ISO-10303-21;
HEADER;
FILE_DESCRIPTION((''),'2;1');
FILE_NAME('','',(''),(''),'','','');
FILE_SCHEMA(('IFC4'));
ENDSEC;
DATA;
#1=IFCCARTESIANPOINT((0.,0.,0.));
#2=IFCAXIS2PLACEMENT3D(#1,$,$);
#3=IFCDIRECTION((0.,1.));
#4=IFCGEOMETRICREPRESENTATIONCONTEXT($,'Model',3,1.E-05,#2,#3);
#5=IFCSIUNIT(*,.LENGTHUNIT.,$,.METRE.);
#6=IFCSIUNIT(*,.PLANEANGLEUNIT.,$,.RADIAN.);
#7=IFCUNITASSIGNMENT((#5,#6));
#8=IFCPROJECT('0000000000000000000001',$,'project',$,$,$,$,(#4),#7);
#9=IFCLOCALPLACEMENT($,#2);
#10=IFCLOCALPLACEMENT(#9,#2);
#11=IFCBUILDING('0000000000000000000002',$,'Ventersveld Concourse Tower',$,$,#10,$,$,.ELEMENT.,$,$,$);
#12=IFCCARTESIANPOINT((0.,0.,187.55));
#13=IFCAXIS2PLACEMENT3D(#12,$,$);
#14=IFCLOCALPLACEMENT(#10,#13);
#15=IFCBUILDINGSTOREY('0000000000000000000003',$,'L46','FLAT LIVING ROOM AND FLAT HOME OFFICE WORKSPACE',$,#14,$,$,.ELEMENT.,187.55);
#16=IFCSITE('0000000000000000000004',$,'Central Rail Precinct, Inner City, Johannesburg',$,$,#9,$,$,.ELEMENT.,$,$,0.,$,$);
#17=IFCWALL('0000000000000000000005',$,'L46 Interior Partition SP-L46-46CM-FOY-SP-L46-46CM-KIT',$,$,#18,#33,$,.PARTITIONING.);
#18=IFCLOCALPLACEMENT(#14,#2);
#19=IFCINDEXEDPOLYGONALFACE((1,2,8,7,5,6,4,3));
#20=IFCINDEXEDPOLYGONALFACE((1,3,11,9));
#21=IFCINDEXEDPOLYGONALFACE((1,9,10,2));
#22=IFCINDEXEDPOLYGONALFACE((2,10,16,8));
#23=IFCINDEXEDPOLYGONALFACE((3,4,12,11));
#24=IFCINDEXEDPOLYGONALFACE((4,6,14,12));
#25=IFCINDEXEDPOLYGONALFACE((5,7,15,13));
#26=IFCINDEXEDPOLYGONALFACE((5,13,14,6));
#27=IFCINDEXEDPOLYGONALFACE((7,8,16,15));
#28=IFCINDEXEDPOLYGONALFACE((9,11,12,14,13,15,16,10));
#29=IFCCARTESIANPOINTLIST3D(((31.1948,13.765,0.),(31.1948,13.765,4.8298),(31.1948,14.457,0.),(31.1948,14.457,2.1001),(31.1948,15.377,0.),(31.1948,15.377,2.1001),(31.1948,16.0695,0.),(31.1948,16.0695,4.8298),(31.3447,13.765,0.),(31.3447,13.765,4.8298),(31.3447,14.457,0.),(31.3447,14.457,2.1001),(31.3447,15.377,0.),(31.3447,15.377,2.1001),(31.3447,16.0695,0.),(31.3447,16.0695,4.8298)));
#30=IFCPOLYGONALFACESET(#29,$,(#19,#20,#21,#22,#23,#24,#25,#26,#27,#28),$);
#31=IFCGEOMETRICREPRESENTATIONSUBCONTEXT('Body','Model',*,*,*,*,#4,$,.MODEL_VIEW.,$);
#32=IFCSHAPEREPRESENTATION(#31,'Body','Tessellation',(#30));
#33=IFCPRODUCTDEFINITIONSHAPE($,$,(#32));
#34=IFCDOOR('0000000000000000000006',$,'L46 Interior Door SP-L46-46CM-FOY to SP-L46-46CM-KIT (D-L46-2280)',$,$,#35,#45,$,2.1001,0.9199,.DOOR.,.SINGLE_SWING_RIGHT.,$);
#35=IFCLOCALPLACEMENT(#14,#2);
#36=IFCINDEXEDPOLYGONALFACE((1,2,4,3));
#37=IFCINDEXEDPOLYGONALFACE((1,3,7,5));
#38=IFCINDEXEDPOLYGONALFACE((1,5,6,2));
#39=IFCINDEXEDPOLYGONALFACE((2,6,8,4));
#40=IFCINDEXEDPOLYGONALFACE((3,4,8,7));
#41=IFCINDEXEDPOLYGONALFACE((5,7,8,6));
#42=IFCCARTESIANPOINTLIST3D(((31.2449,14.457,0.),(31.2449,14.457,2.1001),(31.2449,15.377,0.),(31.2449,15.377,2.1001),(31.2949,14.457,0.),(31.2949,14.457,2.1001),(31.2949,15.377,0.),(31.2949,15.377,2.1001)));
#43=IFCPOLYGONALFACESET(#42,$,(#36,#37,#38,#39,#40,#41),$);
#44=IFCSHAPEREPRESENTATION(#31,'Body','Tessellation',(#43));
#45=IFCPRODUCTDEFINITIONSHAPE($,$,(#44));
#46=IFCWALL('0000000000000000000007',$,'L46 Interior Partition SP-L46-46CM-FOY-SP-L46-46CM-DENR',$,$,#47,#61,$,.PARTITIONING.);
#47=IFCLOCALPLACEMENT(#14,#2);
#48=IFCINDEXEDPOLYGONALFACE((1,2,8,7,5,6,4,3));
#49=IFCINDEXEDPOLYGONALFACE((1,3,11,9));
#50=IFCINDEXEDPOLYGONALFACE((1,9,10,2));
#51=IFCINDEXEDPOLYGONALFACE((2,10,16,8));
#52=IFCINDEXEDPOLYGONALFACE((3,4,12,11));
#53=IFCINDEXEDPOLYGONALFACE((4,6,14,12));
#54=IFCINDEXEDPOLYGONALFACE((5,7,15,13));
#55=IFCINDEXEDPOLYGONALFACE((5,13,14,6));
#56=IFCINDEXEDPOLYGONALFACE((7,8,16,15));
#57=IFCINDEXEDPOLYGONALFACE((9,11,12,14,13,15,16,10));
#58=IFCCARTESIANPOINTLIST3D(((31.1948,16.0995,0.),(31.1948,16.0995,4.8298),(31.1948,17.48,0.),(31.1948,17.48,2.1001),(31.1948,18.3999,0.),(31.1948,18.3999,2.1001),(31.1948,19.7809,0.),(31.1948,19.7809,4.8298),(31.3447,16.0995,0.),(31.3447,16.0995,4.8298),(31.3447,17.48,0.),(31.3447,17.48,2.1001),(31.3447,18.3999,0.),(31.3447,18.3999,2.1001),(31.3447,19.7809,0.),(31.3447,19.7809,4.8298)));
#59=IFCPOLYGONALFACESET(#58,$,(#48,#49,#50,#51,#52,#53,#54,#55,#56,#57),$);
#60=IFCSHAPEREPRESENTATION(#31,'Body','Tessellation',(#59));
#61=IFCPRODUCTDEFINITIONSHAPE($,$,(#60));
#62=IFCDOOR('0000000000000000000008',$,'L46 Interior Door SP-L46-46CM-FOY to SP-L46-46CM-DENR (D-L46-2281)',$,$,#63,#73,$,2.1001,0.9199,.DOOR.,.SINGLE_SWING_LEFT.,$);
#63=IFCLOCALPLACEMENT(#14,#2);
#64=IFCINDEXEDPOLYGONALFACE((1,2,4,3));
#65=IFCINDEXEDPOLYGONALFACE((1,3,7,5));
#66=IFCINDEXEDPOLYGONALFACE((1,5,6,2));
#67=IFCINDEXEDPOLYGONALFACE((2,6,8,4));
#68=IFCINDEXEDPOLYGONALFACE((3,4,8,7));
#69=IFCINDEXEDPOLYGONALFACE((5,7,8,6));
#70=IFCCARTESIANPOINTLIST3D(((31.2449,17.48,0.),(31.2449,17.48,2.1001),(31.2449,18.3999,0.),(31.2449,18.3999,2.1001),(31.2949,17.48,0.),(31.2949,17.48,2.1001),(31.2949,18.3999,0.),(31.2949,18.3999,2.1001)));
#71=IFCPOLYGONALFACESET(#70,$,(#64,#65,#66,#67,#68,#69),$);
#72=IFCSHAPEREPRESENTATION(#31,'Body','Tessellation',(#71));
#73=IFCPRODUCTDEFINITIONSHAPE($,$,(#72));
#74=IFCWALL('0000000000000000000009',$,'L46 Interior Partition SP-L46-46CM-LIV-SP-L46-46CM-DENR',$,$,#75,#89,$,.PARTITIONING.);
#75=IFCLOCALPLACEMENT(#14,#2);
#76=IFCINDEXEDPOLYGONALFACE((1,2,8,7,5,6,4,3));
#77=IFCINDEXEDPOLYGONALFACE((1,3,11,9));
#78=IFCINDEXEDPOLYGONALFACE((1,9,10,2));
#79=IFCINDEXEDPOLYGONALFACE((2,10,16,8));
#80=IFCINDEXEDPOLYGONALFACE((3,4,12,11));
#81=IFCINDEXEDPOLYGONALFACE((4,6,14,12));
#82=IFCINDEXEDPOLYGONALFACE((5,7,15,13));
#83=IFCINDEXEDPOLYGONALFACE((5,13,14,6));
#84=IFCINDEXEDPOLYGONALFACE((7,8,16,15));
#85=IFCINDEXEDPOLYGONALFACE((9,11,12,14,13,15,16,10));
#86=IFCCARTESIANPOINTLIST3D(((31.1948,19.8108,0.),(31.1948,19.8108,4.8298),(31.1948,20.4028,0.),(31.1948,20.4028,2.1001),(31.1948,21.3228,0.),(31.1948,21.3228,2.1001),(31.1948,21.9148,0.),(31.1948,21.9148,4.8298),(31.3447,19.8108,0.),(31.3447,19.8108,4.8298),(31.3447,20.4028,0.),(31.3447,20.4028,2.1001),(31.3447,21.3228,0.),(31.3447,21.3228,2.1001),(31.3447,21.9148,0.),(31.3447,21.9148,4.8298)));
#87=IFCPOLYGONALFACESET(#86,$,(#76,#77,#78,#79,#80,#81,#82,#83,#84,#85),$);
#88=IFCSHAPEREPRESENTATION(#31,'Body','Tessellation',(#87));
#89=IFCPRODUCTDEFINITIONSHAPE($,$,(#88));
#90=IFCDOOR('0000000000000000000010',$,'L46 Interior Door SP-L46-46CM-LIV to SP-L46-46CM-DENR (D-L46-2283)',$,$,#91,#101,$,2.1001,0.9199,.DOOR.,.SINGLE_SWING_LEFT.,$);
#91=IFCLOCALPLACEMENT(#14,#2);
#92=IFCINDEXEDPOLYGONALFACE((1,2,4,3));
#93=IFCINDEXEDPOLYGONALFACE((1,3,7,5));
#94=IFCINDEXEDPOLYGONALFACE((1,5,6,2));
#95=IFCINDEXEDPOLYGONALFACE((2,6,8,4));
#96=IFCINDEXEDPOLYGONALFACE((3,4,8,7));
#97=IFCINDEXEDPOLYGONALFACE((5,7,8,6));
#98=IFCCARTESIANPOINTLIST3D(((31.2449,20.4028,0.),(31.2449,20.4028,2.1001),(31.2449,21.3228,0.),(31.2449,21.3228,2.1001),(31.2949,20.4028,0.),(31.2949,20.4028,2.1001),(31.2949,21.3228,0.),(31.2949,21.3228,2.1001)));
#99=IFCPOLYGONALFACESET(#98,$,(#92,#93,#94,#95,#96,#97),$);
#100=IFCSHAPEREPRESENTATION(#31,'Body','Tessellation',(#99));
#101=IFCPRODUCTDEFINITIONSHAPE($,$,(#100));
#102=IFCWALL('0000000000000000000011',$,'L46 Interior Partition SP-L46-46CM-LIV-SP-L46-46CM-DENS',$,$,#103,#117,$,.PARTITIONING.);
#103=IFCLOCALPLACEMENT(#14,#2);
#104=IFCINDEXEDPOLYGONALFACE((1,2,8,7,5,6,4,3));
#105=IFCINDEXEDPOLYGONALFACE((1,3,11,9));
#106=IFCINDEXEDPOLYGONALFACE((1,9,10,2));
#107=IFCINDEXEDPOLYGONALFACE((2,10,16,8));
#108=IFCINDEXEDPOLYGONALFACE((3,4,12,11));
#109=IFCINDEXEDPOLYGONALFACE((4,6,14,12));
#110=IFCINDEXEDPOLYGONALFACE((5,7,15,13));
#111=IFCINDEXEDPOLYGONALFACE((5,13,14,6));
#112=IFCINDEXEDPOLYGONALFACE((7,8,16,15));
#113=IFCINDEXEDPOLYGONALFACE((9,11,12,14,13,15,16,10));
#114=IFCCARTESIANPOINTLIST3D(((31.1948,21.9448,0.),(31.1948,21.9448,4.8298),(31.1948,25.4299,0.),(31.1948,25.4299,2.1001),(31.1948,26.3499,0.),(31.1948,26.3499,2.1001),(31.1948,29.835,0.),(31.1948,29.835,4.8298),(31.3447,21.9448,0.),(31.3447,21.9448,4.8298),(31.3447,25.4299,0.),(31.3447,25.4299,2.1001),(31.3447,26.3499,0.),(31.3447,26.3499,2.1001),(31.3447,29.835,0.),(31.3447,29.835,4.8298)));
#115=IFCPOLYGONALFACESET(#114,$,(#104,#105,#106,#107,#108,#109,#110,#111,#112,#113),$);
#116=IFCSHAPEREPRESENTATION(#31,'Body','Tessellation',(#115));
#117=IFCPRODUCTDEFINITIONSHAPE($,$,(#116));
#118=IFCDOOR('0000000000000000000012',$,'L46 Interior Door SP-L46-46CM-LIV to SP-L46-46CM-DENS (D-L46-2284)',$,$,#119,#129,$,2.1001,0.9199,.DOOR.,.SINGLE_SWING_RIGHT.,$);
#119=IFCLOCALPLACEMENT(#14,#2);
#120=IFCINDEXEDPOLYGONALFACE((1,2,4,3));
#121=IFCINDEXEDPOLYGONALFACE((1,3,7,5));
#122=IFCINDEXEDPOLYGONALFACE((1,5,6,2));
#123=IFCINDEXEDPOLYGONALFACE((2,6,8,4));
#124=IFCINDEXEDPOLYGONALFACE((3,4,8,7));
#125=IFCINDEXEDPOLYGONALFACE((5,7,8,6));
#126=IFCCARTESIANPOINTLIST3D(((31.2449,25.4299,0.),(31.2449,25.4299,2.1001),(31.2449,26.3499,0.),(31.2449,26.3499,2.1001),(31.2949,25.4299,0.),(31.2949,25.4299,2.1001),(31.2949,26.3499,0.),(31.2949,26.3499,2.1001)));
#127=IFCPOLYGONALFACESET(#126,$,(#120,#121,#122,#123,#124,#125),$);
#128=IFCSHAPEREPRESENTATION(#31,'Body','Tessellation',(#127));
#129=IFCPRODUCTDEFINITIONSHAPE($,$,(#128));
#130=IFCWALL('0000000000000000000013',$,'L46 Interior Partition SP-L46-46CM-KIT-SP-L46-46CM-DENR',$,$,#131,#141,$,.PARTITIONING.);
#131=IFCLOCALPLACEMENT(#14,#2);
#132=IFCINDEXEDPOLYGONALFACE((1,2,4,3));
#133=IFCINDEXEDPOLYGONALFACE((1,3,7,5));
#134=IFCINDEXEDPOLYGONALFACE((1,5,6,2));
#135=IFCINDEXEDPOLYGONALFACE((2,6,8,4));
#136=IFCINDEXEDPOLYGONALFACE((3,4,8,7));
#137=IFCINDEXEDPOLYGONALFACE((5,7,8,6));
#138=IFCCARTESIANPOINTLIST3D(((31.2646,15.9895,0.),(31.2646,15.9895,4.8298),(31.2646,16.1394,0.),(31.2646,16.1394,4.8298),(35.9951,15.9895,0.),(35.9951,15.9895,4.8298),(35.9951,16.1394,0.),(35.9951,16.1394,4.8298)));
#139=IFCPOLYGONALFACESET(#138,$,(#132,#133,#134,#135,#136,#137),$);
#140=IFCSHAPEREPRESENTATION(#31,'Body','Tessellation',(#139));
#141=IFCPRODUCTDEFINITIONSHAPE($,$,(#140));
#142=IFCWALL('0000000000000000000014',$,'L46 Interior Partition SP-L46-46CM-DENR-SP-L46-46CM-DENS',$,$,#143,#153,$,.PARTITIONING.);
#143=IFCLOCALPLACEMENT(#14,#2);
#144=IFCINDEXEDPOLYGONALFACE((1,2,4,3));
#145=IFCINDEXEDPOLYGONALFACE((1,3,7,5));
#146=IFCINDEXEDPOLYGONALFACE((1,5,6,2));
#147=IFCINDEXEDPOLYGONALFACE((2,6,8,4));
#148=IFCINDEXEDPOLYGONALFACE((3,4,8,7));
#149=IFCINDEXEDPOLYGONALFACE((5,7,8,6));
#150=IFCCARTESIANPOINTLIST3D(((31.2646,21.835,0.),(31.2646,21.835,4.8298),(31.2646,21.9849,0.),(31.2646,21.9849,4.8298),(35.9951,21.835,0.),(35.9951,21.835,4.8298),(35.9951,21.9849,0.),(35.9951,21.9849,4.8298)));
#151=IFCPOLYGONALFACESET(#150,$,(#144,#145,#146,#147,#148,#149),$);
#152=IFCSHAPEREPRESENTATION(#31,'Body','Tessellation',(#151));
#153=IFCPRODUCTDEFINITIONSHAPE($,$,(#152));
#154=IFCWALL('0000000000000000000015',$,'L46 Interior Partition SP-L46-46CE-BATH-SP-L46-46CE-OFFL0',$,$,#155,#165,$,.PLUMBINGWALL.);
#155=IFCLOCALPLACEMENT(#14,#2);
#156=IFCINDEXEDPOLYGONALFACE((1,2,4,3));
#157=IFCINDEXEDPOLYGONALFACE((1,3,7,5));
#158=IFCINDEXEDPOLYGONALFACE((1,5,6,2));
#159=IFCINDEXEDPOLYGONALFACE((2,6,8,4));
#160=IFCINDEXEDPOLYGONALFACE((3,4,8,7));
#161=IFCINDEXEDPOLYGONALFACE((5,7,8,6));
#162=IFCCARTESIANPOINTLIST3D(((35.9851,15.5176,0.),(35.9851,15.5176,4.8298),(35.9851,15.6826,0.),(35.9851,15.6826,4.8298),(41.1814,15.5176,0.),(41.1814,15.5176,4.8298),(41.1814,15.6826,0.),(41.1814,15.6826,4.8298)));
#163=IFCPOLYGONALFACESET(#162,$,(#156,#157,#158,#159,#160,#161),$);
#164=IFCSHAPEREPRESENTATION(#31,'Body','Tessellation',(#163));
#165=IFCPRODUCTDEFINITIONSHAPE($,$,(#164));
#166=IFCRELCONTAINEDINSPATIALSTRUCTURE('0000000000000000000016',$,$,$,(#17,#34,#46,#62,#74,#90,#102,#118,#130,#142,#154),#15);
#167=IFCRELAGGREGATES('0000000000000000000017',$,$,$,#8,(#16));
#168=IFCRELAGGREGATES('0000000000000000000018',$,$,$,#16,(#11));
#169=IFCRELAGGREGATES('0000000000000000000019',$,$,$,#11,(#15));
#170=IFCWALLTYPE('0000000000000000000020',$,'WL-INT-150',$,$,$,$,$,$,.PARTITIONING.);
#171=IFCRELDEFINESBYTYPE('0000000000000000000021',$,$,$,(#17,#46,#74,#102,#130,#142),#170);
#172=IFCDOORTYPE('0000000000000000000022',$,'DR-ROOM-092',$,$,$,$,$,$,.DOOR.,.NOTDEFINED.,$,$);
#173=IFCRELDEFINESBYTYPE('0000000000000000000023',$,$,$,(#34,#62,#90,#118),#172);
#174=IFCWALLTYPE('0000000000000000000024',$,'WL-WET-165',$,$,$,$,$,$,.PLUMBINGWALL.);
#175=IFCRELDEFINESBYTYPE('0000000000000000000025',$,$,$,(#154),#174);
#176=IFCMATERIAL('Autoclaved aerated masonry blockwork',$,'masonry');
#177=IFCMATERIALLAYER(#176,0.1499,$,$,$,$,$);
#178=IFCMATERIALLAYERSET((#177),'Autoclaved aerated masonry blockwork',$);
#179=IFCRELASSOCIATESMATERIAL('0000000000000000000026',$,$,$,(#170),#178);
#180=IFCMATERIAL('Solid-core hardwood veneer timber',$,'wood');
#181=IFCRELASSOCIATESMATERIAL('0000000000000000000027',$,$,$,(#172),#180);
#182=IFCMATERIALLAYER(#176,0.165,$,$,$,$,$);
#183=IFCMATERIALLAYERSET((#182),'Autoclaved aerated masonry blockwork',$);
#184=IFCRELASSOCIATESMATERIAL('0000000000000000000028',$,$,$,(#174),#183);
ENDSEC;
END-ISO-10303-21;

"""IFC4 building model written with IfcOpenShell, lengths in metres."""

from ifc_helpers import new_model, si_unit, direction, frame, frame_2d, origin, place, context, subcontext, project, spatial, rectangle, extrude, material, layer, layer_set, type_object, element, fill, save


model = new_model("IFC4")

# Units and contexts
model_context = context("Model", 3, precision=1e-05, world=origin(), true_north=direction((0.0, 1.0)))
body_context = subcontext(model_context, "Body", "Model", "MODEL_VIEW")
ifc_project = project(units=[si_unit("LENGTHUNIT", "METRE"), si_unit("PLANEANGLEUNIT", "RADIAN")], contexts=[model_context])

# Site, building, storey
site_placement = place(None, origin())
site = spatial("IfcSite", under=ifc_project, at=site_placement, Name="Central Rail Precinct, Inner City, Johannesburg", CompositionType="ELEMENT", RefElevation=0.0)
building_placement = place(site_placement, origin())
building = spatial("IfcBuilding", under=site, at=building_placement, Name="Ventersveld Concourse Tower", CompositionType="ELEMENT")
storey_placement = place(building_placement, frame((0.0, 0.0, 187.55)))
storey = spatial("IfcBuildingStorey", under=building, at=storey_placement, Name="L46", Description="FLAT LIVING ROOM AND FLAT HOME OFFICE WORKSPACE", CompositionType="ELEMENT", Elevation=187.55)

# Walls, openings, doors
ifc_material_1 = material(Name="Autoclaved aerated masonry blockwork", Category="masonry")
ifc_layer_1 = layer(ifc_material_1, 0.1499)
ifc_layer_set_1 = layer_set([ifc_layer_1], Name="Autoclaved aerated masonry blockwork")
wall_type_1 = type_object("IfcWallType", Name="WL-INT-150", PredefinedType="PARTITIONING", material=ifc_layer_set_1)
wall_1_placement = place(storey_placement, frame((31.2698, 13.7649, 0.0), z_axis=(0.0, 0.0, 1.0), x_axis=(0.0, 1.0, 0.0)))
wall_1 = element("IfcWall", 1, at=wall_1_placement, inside=storey, type_object=wall_type_1, Name="L46 Interior Partition SP-L46-46CM-FOY-SP-L46-46CM-KIT", PredefinedType="PARTITIONING", context=body_context, shape_type="SweptSolid", body=[
    extrude(rectangle(XDim=2.3044, YDim=0.1499, at=frame_2d((1.1523, 0.0))), origin(), (0.0, 0.0, 1.0), 4.8298),
])
opening_1_placement = place(wall_1_placement, frame((0.6921, 0.0, 0.0)))
opening_1 = element("IfcOpeningElement", 2, at=opening_1_placement, cuts=wall_1, PredefinedType="OPENING", context=body_context, shape_type="SweptSolid", body=[
    extrude(rectangle(XDim=0.9199, YDim=2.1001, at=frame_2d((0.46, 1.05))), frame((0.0, 0.085, 0.0), z_axis=(0.0, -1.0, 0.0), x_axis=(1.0, 0.0, 0.0)), (0.0, 0.0, 1.0), 0.1699),
])
ifc_material_2 = material(Name="Solid-core hardwood veneer timber", Category="wood")
door_type = type_object("IfcDoorType", Name="DR-ROOM-092", OperationType="NOTDEFINED", PredefinedType="DOOR", material=ifc_material_2)
door_1_placement = place(opening_1_placement, origin())
door_1 = element("IfcDoor", 3, at=door_1_placement, inside=storey, type_object=door_type, Name="L46 Interior Door SP-L46-46CM-FOY to SP-L46-46CM-KIT (D-L46-2280)", OperationType="SINGLE_SWING_RIGHT", OverallHeight=2.1001, OverallWidth=0.9199, PredefinedType="DOOR", context=body_context, shape_type="SweptSolid", body=[
    extrude(rectangle(XDim=0.9199, YDim=2.1001, at=frame_2d((0.46, 1.05))), frame((0.0, 0.0249, 0.0), z_axis=(0.0, -1.0, 0.0), x_axis=(1.0, 0.0, 0.0)), (0.0, 0.0, 1.0), 0.05),
])
fill(opening_1, door_1)
wall_2_placement = place(storey_placement, frame((31.2698, 16.0994, 0.0), z_axis=(0.0, 0.0, 1.0), x_axis=(0.0, 1.0, 0.0)))
wall_2 = element("IfcWall", 4, at=wall_2_placement, inside=storey, type_object=wall_type_1, Name="L46 Interior Partition SP-L46-46CM-FOY-SP-L46-46CM-DENR", PredefinedType="PARTITIONING", context=body_context, shape_type="SweptSolid", body=[
    extrude(rectangle(XDim=3.6814, YDim=0.1499, at=frame_2d((1.8408, 0.0))), origin(), (0.0, 0.0, 1.0), 4.8298),
])
opening_2_placement = place(wall_2_placement, frame((1.3806, 0.0, 0.0)))
opening_2 = element("IfcOpeningElement", 5, at=opening_2_placement, cuts=wall_2, PredefinedType="OPENING", context=body_context, shape_type="SweptSolid", body=[
    extrude(rectangle(XDim=0.9199, YDim=2.1001, at=frame_2d((0.46, 1.05))), frame((0.0, 0.085, 0.0), z_axis=(0.0, -1.0, 0.0), x_axis=(1.0, 0.0, 0.0)), (0.0, 0.0, 1.0), 0.1699),
])
door_2_placement = place(opening_2_placement, origin())
door_2 = element("IfcDoor", 6, at=door_2_placement, inside=storey, type_object=door_type, Name="L46 Interior Door SP-L46-46CM-FOY to SP-L46-46CM-DENR (D-L46-2281)", OperationType="SINGLE_SWING_LEFT", OverallHeight=2.1001, OverallWidth=0.9199, PredefinedType="DOOR", context=body_context, shape_type="SweptSolid", body=[
    extrude(rectangle(XDim=0.9199, YDim=2.1001, at=frame_2d((0.46, 1.05))), frame((0.0, 0.0249, 0.0), z_axis=(0.0, -1.0, 0.0), x_axis=(1.0, 0.0, 0.0)), (0.0, 0.0, 1.0), 0.05),
])
fill(opening_2, door_2)
wall_3_placement = place(storey_placement, frame((31.2698, 19.8108, 0.0), z_axis=(0.0, 0.0, 1.0), x_axis=(0.0, 1.0, 0.0)))
wall_3 = element("IfcWall", 7, at=wall_3_placement, inside=storey, type_object=wall_type_1, Name="L46 Interior Partition SP-L46-46CM-LIV-SP-L46-46CM-DENR", PredefinedType="PARTITIONING", context=body_context, shape_type="SweptSolid", body=[
    extrude(rectangle(XDim=2.104, YDim=0.1499, at=frame_2d((1.052, 0.0))), origin(), (0.0, 0.0, 1.0), 4.8298),
])
opening_3_placement = place(wall_3_placement, frame((0.592, 0.0, 0.0)))
opening_3 = element("IfcOpeningElement", 8, at=opening_3_placement, cuts=wall_3, PredefinedType="OPENING", context=body_context, shape_type="SweptSolid", body=[
    extrude(rectangle(XDim=0.9199, YDim=2.1001, at=frame_2d((0.46, 1.05))), frame((0.0, 0.085, 0.0), z_axis=(0.0, -1.0, 0.0), x_axis=(1.0, 0.0, 0.0)), (0.0, 0.0, 1.0), 0.1699),
])
door_3_placement = place(opening_3_placement, origin())
door_3 = element("IfcDoor", 9, at=door_3_placement, inside=storey, type_object=door_type, Name="L46 Interior Door SP-L46-46CM-LIV to SP-L46-46CM-DENR (D-L46-2283)", OperationType="SINGLE_SWING_LEFT", OverallHeight=2.1001, OverallWidth=0.9199, PredefinedType="DOOR", context=body_context, shape_type="SweptSolid", body=[
    extrude(rectangle(XDim=0.9199, YDim=2.1001, at=frame_2d((0.46, 1.05))), frame((0.0, 0.0249, 0.0), z_axis=(0.0, -1.0, 0.0), x_axis=(1.0, 0.0, 0.0)), (0.0, 0.0, 1.0), 0.05),
])
fill(opening_3, door_3)
wall_4_placement = place(storey_placement, frame((31.2698, 21.9448, 0.0), z_axis=(0.0, 0.0, 1.0), x_axis=(0.0, 1.0, 0.0)))
wall_4 = element("IfcWall", 10, at=wall_4_placement, inside=storey, type_object=wall_type_1, Name="L46 Interior Partition SP-L46-46CM-LIV-SP-L46-46CM-DENS", PredefinedType="PARTITIONING", context=body_context, shape_type="SweptSolid", body=[
    extrude(rectangle(XDim=7.8901, YDim=0.1499, at=frame_2d((3.9451, 0.0))), origin(), (0.0, 0.0, 1.0), 4.8298),
])
opening_4_placement = place(wall_4_placement, frame((3.4851, 0.0, 0.0)))
opening_4 = element("IfcOpeningElement", 11, at=opening_4_placement, cuts=wall_4, PredefinedType="OPENING", context=body_context, shape_type="SweptSolid", body=[
    extrude(rectangle(XDim=0.9199, YDim=2.1001, at=frame_2d((0.46, 1.05))), frame((0.0, 0.085, 0.0), z_axis=(0.0, -1.0, 0.0), x_axis=(1.0, 0.0, 0.0)), (0.0, 0.0, 1.0), 0.1699),
])
door_4_placement = place(opening_4_placement, origin())
door_4 = element("IfcDoor", 12, at=door_4_placement, inside=storey, type_object=door_type, Name="L46 Interior Door SP-L46-46CM-LIV to SP-L46-46CM-DENS (D-L46-2284)", OperationType="SINGLE_SWING_RIGHT", OverallHeight=2.1001, OverallWidth=0.9199, PredefinedType="DOOR", context=body_context, shape_type="SweptSolid", body=[
    extrude(rectangle(XDim=0.9199, YDim=2.1001, at=frame_2d((0.46, 1.05))), frame((0.0, 0.0249, 0.0), z_axis=(0.0, -1.0, 0.0), x_axis=(1.0, 0.0, 0.0)), (0.0, 0.0, 1.0), 0.05),
])
fill(opening_4, door_4)

# Walls
for number, where, z_axis, x_axis, name in (
    (13, (31.2646, 16.0645, 0.0), (0.0, 0.0, 1.0), (1.0, 0.0, 0.0), "L46 Interior Partition SP-L46-46CM-KIT-SP-L46-46CM-DENR"),
    (14, (31.2646, 21.9099, 0.0), (0.0, 0.0, 1.0), (1.0, 0.0, 0.0), "L46 Interior Partition SP-L46-46CM-DENR-SP-L46-46CM-DENS"),
):
    element("IfcWall", number, at=place(storey_placement, frame(where, z_axis=z_axis, x_axis=x_axis)), inside=storey, type_object=wall_type_1, Name=name, PredefinedType="PARTITIONING", context=body_context, shape_type="SweptSolid", body=[
        extrude(rectangle(XDim=4.7305, YDim=0.1499, at=frame_2d((2.3652, 0.0))), origin(), (0.0, 0.0, 1.0), 4.8298),
    ])
ifc_layer_2 = layer(ifc_material_1, 0.165)
ifc_layer_set_2 = layer_set([ifc_layer_2], Name="Autoclaved aerated masonry blockwork")
wall_type_2 = type_object("IfcWallType", Name="WL-WET-165", PredefinedType="PLUMBINGWALL", material=ifc_layer_set_2)
wall_5_placement = place(storey_placement, frame((35.9851, 15.6001, 0.0), z_axis=(0.0, 0.0, 1.0), x_axis=(1.0, 0.0, 0.0)))
element("IfcWall", 15, at=wall_5_placement, inside=storey, type_object=wall_type_2, Name="L46 Interior Partition SP-L46-46CE-BATH-SP-L46-46CE-OFFL0", PredefinedType="PLUMBINGWALL", context=body_context, shape_type="SweptSolid", body=[
    extrude(rectangle(XDim=5.1963, YDim=0.165, at=frame_2d((2.5981, 0.0))), origin(), (0.0, 0.0, 1.0), 4.8298),
])

save(model, "model.ifc")
